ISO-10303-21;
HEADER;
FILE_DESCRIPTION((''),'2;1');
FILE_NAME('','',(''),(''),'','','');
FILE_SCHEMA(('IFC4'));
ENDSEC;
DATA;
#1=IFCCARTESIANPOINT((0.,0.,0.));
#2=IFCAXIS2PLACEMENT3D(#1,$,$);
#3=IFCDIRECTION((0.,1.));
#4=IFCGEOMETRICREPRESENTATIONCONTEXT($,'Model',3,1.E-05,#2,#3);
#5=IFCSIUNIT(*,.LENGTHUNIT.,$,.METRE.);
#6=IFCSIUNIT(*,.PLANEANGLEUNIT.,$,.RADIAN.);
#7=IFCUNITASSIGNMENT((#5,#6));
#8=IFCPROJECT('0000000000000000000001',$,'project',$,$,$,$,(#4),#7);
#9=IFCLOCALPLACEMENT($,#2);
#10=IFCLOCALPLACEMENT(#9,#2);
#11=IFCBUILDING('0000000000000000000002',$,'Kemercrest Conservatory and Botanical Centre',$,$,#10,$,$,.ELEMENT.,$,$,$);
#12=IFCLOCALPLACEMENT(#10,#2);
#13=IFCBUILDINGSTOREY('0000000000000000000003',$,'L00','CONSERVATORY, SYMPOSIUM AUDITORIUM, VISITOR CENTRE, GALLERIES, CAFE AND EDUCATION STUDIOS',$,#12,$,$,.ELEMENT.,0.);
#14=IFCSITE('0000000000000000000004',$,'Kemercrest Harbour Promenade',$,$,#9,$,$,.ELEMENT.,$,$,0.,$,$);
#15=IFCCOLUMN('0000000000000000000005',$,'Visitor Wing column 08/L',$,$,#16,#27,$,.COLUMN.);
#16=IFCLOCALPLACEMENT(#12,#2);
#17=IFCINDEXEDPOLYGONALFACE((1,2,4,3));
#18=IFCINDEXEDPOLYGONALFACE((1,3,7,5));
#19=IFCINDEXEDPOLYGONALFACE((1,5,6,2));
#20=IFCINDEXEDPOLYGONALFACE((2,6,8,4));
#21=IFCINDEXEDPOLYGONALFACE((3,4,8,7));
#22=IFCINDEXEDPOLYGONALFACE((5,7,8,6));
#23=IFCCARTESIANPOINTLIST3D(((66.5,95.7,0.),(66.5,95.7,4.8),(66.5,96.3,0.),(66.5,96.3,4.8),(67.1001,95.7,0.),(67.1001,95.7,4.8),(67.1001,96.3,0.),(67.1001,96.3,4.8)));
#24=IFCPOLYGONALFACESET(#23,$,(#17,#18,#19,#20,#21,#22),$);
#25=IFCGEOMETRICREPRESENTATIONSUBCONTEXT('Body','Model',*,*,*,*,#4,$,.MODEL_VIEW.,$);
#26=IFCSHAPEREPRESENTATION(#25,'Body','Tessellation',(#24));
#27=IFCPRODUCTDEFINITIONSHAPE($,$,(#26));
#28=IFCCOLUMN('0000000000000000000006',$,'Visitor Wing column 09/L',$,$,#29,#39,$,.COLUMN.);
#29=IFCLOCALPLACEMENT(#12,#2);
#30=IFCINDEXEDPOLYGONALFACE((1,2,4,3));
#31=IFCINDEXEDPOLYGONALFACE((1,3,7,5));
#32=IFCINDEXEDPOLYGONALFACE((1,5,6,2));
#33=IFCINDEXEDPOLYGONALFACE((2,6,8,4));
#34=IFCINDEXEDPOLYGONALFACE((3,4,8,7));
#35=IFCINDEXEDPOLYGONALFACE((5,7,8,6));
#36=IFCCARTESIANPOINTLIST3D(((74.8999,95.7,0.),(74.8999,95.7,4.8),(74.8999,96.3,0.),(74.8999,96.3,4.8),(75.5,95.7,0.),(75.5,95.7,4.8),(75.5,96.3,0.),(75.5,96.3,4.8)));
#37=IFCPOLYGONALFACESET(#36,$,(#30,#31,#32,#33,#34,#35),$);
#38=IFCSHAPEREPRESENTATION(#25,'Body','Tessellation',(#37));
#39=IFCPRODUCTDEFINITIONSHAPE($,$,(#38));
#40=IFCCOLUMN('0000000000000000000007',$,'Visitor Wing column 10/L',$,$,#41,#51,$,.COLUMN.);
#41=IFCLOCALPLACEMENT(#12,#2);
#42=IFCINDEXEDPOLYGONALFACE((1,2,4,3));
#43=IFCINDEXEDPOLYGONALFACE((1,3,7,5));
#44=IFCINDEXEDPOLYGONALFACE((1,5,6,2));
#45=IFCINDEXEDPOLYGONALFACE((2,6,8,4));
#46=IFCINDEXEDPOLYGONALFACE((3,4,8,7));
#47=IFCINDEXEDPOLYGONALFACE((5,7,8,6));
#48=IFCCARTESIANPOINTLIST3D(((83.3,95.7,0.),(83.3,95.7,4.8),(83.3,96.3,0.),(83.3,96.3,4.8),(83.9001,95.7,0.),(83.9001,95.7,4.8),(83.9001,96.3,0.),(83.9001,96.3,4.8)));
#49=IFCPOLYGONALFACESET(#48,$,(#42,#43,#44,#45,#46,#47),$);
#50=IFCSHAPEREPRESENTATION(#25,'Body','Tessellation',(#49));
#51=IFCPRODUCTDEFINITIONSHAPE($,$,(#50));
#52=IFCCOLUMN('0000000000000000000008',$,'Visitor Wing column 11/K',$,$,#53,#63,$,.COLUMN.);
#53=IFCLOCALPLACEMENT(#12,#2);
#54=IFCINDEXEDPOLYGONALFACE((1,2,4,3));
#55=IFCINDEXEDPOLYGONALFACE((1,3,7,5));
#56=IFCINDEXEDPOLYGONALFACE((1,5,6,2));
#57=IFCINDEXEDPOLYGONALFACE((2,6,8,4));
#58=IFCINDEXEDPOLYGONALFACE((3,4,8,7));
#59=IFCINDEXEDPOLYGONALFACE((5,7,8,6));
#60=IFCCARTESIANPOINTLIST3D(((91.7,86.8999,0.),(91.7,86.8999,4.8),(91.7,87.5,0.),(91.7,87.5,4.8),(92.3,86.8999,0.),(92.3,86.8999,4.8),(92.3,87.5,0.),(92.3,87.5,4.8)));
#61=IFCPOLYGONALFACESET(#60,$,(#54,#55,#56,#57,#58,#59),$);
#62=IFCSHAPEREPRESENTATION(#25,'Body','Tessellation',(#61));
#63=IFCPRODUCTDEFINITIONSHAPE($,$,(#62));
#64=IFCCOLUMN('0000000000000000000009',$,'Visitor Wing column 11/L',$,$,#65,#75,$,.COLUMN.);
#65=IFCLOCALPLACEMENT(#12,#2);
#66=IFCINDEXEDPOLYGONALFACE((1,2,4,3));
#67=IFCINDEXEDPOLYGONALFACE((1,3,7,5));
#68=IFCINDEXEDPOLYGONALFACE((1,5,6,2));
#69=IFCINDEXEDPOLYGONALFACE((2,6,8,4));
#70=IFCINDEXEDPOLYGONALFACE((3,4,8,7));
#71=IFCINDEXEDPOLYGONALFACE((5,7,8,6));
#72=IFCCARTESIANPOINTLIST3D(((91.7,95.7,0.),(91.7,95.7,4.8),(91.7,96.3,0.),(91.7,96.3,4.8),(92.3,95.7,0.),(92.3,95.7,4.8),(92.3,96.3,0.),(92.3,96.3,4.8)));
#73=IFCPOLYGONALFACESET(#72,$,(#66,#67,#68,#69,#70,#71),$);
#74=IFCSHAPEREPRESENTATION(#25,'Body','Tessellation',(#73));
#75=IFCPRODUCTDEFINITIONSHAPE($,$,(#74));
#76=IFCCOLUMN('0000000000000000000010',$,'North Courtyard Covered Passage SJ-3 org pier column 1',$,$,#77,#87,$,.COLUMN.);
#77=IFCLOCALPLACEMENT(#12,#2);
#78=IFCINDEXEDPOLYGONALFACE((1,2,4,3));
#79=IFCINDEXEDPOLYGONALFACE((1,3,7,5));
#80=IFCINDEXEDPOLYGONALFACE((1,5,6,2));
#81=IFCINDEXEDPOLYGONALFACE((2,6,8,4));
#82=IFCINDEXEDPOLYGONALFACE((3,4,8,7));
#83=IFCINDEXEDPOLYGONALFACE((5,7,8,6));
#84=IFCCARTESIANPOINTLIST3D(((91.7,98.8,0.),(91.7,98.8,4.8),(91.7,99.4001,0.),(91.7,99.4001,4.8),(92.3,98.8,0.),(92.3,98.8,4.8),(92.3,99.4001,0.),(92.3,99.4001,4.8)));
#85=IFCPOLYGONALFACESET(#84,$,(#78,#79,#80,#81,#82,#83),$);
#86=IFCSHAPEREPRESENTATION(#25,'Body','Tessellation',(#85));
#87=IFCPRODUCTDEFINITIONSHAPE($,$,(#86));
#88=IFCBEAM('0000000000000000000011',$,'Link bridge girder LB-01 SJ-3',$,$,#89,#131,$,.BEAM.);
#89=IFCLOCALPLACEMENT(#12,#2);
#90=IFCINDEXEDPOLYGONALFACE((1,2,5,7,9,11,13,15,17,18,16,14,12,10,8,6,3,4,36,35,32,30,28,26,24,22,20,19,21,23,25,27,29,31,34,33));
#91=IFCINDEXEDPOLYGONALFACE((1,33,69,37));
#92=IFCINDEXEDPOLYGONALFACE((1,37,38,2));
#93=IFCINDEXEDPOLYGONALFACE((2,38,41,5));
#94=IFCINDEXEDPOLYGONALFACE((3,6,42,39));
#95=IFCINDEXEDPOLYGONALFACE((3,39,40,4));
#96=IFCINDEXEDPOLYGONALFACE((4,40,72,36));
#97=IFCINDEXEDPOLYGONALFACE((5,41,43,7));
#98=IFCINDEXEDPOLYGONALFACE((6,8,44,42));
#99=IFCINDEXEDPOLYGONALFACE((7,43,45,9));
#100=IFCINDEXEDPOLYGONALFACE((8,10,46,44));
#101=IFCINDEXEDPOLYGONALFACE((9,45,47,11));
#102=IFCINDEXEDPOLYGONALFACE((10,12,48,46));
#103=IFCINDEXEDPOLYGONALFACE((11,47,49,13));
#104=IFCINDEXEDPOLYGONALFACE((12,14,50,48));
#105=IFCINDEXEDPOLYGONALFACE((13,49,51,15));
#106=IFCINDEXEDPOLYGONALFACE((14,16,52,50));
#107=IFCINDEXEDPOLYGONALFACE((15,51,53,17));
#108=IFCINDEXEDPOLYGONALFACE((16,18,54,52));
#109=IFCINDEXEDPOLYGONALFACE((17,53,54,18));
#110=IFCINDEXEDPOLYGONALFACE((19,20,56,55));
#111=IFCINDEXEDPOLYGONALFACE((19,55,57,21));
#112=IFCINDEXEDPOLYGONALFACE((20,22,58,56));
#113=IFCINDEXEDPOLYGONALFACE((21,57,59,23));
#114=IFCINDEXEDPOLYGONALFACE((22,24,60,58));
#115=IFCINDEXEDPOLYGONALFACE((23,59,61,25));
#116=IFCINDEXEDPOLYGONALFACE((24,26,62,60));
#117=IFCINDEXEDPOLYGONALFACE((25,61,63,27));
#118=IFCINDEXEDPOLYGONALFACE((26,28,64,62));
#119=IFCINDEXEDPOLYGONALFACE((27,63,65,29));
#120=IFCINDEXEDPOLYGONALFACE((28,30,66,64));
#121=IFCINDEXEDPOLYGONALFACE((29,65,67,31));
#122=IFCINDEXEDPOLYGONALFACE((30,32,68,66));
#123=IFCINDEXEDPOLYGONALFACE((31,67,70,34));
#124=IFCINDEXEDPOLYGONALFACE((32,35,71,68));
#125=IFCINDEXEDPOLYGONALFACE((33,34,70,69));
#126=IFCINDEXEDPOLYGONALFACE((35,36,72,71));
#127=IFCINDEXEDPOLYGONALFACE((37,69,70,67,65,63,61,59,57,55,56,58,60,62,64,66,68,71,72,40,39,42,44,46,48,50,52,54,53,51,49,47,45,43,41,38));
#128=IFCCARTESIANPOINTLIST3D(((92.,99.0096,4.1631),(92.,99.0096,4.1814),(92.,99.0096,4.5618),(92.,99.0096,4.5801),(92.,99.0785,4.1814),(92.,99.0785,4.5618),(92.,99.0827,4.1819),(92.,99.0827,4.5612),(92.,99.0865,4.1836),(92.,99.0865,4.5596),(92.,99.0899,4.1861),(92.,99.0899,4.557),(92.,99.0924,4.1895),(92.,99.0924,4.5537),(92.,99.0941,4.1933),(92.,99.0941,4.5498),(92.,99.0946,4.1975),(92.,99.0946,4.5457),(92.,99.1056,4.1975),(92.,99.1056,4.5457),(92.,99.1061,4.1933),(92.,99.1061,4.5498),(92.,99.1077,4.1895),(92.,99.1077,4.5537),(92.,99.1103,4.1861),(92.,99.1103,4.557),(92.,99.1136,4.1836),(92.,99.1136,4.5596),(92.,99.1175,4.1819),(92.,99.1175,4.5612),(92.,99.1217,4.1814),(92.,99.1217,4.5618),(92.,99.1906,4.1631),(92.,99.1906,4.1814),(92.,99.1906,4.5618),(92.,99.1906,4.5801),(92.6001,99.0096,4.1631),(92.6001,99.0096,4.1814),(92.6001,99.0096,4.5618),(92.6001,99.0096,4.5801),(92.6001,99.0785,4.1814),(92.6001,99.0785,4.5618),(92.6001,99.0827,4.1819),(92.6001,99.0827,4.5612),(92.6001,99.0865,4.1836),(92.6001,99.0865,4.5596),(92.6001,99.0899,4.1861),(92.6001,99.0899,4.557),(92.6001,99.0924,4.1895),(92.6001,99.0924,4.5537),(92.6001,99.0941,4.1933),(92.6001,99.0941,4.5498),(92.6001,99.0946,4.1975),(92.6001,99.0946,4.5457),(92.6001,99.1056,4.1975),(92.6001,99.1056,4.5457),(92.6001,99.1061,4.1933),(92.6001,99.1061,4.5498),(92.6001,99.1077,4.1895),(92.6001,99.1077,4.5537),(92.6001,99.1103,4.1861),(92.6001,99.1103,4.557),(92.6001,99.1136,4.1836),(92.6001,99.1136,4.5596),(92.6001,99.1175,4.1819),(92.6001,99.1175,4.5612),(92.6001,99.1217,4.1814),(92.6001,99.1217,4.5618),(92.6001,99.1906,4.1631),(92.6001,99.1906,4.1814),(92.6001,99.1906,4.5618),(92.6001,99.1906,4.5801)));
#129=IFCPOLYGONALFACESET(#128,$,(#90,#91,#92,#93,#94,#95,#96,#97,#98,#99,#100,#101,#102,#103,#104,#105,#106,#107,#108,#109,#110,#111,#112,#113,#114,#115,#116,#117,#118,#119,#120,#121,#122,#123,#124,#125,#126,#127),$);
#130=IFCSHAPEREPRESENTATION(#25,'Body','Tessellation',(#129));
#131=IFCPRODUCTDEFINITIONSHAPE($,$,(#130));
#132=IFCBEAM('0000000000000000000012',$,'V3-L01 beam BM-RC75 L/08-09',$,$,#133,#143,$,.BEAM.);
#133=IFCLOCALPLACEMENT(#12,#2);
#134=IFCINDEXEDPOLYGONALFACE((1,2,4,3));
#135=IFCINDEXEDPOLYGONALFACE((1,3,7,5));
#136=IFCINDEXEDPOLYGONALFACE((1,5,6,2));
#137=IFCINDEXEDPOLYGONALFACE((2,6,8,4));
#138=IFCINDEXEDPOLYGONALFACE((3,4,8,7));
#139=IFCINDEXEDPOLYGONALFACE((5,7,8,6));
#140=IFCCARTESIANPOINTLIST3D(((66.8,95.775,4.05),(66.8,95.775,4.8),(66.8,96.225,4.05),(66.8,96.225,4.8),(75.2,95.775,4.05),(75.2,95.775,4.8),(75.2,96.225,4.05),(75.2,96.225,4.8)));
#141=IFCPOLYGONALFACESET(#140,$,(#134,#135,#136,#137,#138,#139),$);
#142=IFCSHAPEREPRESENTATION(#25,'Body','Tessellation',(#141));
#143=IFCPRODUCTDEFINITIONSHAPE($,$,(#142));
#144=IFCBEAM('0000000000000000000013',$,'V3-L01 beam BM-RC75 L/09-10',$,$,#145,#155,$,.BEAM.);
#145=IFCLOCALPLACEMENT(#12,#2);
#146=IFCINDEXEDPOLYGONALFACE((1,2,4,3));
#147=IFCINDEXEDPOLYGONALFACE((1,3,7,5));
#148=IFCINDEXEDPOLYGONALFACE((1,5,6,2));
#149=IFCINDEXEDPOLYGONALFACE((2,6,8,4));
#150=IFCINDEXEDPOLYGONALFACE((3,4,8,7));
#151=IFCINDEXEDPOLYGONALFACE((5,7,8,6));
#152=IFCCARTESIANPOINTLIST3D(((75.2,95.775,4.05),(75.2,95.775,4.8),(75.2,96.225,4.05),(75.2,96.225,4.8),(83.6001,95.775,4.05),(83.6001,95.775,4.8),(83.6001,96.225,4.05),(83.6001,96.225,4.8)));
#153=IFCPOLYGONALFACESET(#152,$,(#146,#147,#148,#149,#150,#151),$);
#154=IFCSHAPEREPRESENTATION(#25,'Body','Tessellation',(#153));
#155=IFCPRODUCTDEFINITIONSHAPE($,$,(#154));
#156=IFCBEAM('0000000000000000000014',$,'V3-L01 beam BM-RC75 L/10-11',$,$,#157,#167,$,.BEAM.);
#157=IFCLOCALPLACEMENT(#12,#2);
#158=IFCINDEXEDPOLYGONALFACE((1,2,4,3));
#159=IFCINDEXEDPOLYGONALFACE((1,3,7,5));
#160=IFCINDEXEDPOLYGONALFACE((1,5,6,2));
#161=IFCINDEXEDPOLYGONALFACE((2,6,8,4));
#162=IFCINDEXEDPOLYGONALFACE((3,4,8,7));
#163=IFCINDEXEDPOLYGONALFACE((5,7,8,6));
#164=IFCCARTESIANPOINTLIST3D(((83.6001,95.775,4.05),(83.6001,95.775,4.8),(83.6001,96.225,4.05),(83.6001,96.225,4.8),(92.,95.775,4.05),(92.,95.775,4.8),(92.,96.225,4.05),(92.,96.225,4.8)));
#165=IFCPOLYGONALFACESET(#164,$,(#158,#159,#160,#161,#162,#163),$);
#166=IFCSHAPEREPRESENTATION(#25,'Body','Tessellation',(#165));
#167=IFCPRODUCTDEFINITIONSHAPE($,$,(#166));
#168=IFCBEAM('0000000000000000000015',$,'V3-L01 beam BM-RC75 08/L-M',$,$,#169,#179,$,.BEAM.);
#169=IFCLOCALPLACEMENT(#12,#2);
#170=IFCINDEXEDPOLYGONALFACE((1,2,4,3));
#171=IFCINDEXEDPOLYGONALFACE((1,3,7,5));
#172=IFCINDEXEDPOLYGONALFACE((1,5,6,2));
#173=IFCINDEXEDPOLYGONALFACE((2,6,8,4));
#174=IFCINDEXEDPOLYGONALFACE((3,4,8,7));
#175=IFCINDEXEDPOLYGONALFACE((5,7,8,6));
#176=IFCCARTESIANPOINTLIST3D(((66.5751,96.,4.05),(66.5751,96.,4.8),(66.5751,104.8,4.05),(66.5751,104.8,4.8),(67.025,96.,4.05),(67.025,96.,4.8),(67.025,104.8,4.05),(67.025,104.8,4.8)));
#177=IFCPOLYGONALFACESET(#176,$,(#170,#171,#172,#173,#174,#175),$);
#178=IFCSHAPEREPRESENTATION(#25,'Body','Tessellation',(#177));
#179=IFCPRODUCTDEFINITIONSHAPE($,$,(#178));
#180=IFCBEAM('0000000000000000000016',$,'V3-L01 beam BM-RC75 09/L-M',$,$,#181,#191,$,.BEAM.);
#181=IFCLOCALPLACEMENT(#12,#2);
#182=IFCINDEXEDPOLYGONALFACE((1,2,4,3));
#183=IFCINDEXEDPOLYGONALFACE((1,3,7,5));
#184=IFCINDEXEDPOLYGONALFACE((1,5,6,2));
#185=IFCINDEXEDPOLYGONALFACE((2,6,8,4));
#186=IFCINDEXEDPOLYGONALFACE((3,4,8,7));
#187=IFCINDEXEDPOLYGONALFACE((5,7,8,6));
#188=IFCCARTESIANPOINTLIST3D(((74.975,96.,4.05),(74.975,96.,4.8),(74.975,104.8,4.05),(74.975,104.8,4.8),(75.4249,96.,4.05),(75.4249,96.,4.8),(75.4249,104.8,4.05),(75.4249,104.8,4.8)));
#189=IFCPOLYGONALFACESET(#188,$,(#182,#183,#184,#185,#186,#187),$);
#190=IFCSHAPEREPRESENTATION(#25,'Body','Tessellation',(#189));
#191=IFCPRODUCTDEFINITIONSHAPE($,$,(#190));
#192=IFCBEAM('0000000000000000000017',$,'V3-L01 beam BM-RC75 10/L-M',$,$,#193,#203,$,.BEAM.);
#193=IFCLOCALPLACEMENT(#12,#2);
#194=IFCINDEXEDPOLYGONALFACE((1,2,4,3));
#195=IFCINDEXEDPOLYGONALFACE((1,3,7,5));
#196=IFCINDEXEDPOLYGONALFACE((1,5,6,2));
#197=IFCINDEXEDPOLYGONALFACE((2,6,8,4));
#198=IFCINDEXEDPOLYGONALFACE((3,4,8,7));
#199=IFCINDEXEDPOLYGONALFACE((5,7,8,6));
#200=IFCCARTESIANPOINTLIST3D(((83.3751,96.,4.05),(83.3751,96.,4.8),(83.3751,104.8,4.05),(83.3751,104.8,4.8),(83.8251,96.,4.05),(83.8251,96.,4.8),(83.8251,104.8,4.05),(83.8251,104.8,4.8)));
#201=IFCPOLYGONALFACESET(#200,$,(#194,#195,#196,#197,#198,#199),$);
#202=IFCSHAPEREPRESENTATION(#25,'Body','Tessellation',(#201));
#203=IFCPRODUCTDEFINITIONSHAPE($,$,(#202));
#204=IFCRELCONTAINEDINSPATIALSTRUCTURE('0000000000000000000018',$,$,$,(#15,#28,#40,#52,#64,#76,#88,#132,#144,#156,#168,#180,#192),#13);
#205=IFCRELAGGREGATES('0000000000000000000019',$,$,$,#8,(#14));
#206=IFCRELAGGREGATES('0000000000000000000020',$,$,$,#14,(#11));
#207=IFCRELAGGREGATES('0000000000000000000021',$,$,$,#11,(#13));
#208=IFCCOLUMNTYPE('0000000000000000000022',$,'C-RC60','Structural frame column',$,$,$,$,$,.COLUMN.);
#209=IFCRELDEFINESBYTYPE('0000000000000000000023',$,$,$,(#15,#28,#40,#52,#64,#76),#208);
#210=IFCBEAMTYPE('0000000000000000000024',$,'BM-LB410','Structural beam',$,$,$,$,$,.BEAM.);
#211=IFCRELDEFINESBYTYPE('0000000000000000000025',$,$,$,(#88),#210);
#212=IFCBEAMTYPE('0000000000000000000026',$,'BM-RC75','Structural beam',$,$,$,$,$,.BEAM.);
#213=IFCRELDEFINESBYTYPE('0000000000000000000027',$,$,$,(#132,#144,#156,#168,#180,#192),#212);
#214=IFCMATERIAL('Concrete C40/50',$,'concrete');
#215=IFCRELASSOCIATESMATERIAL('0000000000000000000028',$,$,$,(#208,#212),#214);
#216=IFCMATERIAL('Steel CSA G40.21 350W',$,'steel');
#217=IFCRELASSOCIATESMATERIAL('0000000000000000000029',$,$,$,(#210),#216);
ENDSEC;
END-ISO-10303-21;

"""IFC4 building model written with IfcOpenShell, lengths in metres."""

from ifc_helpers import new_model, si_unit, direction, frame, origin, origin_2d, place, context, subcontext, project, spatial, rectangle, i_section, extrude, material, material_profile, profile_set, type_object, element, save


model = new_model("IFC4")

# Units and contexts
model_context = context("Model", 3, precision=1e-05, world=origin(), true_north=direction((0.0, 1.0)))
body_context = subcontext(model_context, "Body", "Model", "MODEL_VIEW")
ifc_project = project(units=[si_unit("LENGTHUNIT", "METRE"), si_unit("PLANEANGLEUNIT", "RADIAN")], contexts=[model_context])

# Site, building, storey
site_placement = place(None, origin())
site = spatial("IfcSite", under=ifc_project, at=site_placement, Name="Kemercrest Harbour Promenade", CompositionType="ELEMENT", RefElevation=0.0)
building_placement = place(site_placement, origin())
building = spatial("IfcBuilding", under=site, at=building_placement, Name="Kemercrest Conservatory and Botanical Centre", CompositionType="ELEMENT")
storey_placement = place(building_placement, origin())
storey = spatial("IfcBuildingStorey", under=building, at=storey_placement, Name="L00", Description="CONSERVATORY, SYMPOSIUM AUDITORIUM, VISITOR CENTRE, GALLERIES, CAFE AND EDUCATION STUDIOS", CompositionType="ELEMENT", Elevation=0.0)

# Columns
ifc_material_1 = material(Name="Concrete C40/50", Category="concrete")
ifc_material_profile_1 = material_profile(ifc_material_1, rectangle(XDim=0.6001, YDim=0.6001, at=origin_2d()), Name="RC 600x600")
ifc_profile_set_1 = profile_set([ifc_material_profile_1], Name="Concrete C40/50")
column_type = type_object("IfcColumnType", Name="C-RC60", Description="Structural frame column", PredefinedType="COLUMN", material=ifc_profile_set_1)
for number, where, z_axis, x_axis, name in (
    (1, (66.8, 96.0, 0.0), (0.0, 0.0, 1.0), (1.0, 0.0, 0.0), "Visitor Wing column 08/L"),
    (2, (75.2, 96.0, 0.0), (0.0, 0.0, 1.0), (1.0, 0.0, 0.0), "Visitor Wing column 09/L"),
    (3, (83.6001, 96.0, 0.0), (0.0, 0.0, 1.0), (1.0, 0.0, 0.0), "Visitor Wing column 10/L"),
    (4, (92.0, 87.2, 0.0), (0.0, 0.0, 1.0), (1.0, 0.0, 0.0), "Visitor Wing column 11/K"),
    (5, (92.0, 96.0, 0.0), (0.0, 0.0, 1.0), (1.0, 0.0, 0.0), "Visitor Wing column 11/L"),
    (6, (92.0, 99.1001, 0.0), (0.0, 0.0, 1.0), (1.0, 0.0, 0.0), "North Courtyard Covered Passage SJ-3 org pier column 1"),
):
    element("IfcColumn", number, at=place(storey_placement, frame(where, z_axis=z_axis, x_axis=x_axis)), inside=storey, type_object=column_type, Name=name, PredefinedType="COLUMN", context=body_context, shape_type="SweptSolid", body=[
        extrude(rectangle(XDim=0.6001, YDim=0.6001, at=origin_2d()), origin(), (0.0, 0.0, 1.0), 4.8),
    ])

# Beams
ifc_material_2 = material(Name="Steel CSA G40.21 350W", Category="steel")
ifc_material_profile_2 = material_profile(ifc_material_2, i_section(OverallWidth=0.1809, OverallDepth=0.417, WebThickness=0.011, FlangeThickness=0.0183, FilletRadius=0.0161, at=origin_2d()), Name="W410X85")
ifc_profile_set_2 = profile_set([ifc_material_profile_2], Name="Steel CSA G40.21 350W")
beam_type_1 = type_object("IfcBeamType", Name="BM-LB410", Description="Structural beam", PredefinedType="BEAM", material=ifc_profile_set_2)
beam_1_placement = place(storey_placement, frame((92.0, 99.1001, 4.3716), z_axis=(1.0, 0.0, 0.0), x_axis=(0.0, 1.0, 0.0)))
element("IfcBeam", 7, at=beam_1_placement, inside=storey, type_object=beam_type_1, Name="Link bridge girder LB-01 SJ-3", PredefinedType="BEAM", context=body_context, shape_type="SweptSolid", body=[
    extrude(i_section(OverallWidth=0.1809, OverallDepth=0.417, WebThickness=0.011, FlangeThickness=0.0183, FilletRadius=0.0161, at=origin_2d()), origin(), (0.0, 0.0, 1.0), 0.6001),
])
ifc_material_profile_3 = material_profile(ifc_material_1, rectangle(XDim=0.45, YDim=0.75, at=origin_2d()), Name="RC 450x750")
ifc_profile_set_3 = profile_set([ifc_material_profile_3], Name="Concrete C40/50")
beam_type_2 = type_object("IfcBeamType", Name="BM-RC75", Description="Structural beam", PredefinedType="BEAM", material=ifc_profile_set_3)
beam_2_placement = place(storey_placement, frame((66.8, 96.0, 4.425), z_axis=(1.0, 0.0, 0.0), x_axis=(0.0, 1.0, 0.0)))
element("IfcBeam", 8, at=beam_2_placement, inside=storey, type_object=beam_type_2, Name="V3-L01 beam BM-RC75 L/08-09", PredefinedType="BEAM", context=body_context, shape_type="SweptSolid", body=[
    extrude(rectangle(XDim=0.45, YDim=0.75, at=origin_2d()), origin(), (0.0, 0.0, 1.0), 8.3999),
])
beam_3_placement = place(storey_placement, frame((75.2, 96.0, 4.425), z_axis=(1.0, 0.0, 0.0), x_axis=(0.0, 1.0, 0.0)))
element("IfcBeam", 9, at=beam_3_placement, inside=storey, type_object=beam_type_2, Name="V3-L01 beam BM-RC75 L/09-10", PredefinedType="BEAM", context=body_context, shape_type="SweptSolid", body=[
    extrude(rectangle(XDim=0.45, YDim=0.75, at=origin_2d()), origin(), (0.0, 0.0, 1.0), 8.4001),
])
beam_4_placement = place(storey_placement, frame((83.6001, 96.0, 4.425), z_axis=(1.0, 0.0, 0.0), x_axis=(0.0, 1.0, 0.0)))
element("IfcBeam", 10, at=beam_4_placement, inside=storey, type_object=beam_type_2, Name="V3-L01 beam BM-RC75 L/10-11", PredefinedType="BEAM", context=body_context, shape_type="SweptSolid", body=[
    extrude(rectangle(XDim=0.45, YDim=0.75, at=origin_2d()), origin(), (0.0, 0.0, 1.0), 8.3999),
])
for number, where, z_axis, x_axis, name in (
    (11, (66.8, 96.0, 4.425), (0.0, 1.0, 0.0), (-1.0, 0.0, 0.0), "V3-L01 beam BM-RC75 08/L-M"),
    (12, (75.2, 96.0, 4.425), (0.0, 1.0, 0.0), (-1.0, 0.0, 0.0), "V3-L01 beam BM-RC75 09/L-M"),
    (13, (83.6001, 96.0, 4.425), (0.0, 1.0, 0.0), (-1.0, 0.0, 0.0), "V3-L01 beam BM-RC75 10/L-M"),
):
    element("IfcBeam", number, at=place(storey_placement, frame(where, z_axis=z_axis, x_axis=x_axis)), inside=storey, type_object=beam_type_2, Name=name, PredefinedType="BEAM", context=body_context, shape_type="SweptSolid", body=[
        extrude(rectangle(XDim=0.45, YDim=0.75, at=origin_2d()), origin(), (0.0, 0.0, 1.0), 8.8),
    ])

save(model, "model.ifc")
